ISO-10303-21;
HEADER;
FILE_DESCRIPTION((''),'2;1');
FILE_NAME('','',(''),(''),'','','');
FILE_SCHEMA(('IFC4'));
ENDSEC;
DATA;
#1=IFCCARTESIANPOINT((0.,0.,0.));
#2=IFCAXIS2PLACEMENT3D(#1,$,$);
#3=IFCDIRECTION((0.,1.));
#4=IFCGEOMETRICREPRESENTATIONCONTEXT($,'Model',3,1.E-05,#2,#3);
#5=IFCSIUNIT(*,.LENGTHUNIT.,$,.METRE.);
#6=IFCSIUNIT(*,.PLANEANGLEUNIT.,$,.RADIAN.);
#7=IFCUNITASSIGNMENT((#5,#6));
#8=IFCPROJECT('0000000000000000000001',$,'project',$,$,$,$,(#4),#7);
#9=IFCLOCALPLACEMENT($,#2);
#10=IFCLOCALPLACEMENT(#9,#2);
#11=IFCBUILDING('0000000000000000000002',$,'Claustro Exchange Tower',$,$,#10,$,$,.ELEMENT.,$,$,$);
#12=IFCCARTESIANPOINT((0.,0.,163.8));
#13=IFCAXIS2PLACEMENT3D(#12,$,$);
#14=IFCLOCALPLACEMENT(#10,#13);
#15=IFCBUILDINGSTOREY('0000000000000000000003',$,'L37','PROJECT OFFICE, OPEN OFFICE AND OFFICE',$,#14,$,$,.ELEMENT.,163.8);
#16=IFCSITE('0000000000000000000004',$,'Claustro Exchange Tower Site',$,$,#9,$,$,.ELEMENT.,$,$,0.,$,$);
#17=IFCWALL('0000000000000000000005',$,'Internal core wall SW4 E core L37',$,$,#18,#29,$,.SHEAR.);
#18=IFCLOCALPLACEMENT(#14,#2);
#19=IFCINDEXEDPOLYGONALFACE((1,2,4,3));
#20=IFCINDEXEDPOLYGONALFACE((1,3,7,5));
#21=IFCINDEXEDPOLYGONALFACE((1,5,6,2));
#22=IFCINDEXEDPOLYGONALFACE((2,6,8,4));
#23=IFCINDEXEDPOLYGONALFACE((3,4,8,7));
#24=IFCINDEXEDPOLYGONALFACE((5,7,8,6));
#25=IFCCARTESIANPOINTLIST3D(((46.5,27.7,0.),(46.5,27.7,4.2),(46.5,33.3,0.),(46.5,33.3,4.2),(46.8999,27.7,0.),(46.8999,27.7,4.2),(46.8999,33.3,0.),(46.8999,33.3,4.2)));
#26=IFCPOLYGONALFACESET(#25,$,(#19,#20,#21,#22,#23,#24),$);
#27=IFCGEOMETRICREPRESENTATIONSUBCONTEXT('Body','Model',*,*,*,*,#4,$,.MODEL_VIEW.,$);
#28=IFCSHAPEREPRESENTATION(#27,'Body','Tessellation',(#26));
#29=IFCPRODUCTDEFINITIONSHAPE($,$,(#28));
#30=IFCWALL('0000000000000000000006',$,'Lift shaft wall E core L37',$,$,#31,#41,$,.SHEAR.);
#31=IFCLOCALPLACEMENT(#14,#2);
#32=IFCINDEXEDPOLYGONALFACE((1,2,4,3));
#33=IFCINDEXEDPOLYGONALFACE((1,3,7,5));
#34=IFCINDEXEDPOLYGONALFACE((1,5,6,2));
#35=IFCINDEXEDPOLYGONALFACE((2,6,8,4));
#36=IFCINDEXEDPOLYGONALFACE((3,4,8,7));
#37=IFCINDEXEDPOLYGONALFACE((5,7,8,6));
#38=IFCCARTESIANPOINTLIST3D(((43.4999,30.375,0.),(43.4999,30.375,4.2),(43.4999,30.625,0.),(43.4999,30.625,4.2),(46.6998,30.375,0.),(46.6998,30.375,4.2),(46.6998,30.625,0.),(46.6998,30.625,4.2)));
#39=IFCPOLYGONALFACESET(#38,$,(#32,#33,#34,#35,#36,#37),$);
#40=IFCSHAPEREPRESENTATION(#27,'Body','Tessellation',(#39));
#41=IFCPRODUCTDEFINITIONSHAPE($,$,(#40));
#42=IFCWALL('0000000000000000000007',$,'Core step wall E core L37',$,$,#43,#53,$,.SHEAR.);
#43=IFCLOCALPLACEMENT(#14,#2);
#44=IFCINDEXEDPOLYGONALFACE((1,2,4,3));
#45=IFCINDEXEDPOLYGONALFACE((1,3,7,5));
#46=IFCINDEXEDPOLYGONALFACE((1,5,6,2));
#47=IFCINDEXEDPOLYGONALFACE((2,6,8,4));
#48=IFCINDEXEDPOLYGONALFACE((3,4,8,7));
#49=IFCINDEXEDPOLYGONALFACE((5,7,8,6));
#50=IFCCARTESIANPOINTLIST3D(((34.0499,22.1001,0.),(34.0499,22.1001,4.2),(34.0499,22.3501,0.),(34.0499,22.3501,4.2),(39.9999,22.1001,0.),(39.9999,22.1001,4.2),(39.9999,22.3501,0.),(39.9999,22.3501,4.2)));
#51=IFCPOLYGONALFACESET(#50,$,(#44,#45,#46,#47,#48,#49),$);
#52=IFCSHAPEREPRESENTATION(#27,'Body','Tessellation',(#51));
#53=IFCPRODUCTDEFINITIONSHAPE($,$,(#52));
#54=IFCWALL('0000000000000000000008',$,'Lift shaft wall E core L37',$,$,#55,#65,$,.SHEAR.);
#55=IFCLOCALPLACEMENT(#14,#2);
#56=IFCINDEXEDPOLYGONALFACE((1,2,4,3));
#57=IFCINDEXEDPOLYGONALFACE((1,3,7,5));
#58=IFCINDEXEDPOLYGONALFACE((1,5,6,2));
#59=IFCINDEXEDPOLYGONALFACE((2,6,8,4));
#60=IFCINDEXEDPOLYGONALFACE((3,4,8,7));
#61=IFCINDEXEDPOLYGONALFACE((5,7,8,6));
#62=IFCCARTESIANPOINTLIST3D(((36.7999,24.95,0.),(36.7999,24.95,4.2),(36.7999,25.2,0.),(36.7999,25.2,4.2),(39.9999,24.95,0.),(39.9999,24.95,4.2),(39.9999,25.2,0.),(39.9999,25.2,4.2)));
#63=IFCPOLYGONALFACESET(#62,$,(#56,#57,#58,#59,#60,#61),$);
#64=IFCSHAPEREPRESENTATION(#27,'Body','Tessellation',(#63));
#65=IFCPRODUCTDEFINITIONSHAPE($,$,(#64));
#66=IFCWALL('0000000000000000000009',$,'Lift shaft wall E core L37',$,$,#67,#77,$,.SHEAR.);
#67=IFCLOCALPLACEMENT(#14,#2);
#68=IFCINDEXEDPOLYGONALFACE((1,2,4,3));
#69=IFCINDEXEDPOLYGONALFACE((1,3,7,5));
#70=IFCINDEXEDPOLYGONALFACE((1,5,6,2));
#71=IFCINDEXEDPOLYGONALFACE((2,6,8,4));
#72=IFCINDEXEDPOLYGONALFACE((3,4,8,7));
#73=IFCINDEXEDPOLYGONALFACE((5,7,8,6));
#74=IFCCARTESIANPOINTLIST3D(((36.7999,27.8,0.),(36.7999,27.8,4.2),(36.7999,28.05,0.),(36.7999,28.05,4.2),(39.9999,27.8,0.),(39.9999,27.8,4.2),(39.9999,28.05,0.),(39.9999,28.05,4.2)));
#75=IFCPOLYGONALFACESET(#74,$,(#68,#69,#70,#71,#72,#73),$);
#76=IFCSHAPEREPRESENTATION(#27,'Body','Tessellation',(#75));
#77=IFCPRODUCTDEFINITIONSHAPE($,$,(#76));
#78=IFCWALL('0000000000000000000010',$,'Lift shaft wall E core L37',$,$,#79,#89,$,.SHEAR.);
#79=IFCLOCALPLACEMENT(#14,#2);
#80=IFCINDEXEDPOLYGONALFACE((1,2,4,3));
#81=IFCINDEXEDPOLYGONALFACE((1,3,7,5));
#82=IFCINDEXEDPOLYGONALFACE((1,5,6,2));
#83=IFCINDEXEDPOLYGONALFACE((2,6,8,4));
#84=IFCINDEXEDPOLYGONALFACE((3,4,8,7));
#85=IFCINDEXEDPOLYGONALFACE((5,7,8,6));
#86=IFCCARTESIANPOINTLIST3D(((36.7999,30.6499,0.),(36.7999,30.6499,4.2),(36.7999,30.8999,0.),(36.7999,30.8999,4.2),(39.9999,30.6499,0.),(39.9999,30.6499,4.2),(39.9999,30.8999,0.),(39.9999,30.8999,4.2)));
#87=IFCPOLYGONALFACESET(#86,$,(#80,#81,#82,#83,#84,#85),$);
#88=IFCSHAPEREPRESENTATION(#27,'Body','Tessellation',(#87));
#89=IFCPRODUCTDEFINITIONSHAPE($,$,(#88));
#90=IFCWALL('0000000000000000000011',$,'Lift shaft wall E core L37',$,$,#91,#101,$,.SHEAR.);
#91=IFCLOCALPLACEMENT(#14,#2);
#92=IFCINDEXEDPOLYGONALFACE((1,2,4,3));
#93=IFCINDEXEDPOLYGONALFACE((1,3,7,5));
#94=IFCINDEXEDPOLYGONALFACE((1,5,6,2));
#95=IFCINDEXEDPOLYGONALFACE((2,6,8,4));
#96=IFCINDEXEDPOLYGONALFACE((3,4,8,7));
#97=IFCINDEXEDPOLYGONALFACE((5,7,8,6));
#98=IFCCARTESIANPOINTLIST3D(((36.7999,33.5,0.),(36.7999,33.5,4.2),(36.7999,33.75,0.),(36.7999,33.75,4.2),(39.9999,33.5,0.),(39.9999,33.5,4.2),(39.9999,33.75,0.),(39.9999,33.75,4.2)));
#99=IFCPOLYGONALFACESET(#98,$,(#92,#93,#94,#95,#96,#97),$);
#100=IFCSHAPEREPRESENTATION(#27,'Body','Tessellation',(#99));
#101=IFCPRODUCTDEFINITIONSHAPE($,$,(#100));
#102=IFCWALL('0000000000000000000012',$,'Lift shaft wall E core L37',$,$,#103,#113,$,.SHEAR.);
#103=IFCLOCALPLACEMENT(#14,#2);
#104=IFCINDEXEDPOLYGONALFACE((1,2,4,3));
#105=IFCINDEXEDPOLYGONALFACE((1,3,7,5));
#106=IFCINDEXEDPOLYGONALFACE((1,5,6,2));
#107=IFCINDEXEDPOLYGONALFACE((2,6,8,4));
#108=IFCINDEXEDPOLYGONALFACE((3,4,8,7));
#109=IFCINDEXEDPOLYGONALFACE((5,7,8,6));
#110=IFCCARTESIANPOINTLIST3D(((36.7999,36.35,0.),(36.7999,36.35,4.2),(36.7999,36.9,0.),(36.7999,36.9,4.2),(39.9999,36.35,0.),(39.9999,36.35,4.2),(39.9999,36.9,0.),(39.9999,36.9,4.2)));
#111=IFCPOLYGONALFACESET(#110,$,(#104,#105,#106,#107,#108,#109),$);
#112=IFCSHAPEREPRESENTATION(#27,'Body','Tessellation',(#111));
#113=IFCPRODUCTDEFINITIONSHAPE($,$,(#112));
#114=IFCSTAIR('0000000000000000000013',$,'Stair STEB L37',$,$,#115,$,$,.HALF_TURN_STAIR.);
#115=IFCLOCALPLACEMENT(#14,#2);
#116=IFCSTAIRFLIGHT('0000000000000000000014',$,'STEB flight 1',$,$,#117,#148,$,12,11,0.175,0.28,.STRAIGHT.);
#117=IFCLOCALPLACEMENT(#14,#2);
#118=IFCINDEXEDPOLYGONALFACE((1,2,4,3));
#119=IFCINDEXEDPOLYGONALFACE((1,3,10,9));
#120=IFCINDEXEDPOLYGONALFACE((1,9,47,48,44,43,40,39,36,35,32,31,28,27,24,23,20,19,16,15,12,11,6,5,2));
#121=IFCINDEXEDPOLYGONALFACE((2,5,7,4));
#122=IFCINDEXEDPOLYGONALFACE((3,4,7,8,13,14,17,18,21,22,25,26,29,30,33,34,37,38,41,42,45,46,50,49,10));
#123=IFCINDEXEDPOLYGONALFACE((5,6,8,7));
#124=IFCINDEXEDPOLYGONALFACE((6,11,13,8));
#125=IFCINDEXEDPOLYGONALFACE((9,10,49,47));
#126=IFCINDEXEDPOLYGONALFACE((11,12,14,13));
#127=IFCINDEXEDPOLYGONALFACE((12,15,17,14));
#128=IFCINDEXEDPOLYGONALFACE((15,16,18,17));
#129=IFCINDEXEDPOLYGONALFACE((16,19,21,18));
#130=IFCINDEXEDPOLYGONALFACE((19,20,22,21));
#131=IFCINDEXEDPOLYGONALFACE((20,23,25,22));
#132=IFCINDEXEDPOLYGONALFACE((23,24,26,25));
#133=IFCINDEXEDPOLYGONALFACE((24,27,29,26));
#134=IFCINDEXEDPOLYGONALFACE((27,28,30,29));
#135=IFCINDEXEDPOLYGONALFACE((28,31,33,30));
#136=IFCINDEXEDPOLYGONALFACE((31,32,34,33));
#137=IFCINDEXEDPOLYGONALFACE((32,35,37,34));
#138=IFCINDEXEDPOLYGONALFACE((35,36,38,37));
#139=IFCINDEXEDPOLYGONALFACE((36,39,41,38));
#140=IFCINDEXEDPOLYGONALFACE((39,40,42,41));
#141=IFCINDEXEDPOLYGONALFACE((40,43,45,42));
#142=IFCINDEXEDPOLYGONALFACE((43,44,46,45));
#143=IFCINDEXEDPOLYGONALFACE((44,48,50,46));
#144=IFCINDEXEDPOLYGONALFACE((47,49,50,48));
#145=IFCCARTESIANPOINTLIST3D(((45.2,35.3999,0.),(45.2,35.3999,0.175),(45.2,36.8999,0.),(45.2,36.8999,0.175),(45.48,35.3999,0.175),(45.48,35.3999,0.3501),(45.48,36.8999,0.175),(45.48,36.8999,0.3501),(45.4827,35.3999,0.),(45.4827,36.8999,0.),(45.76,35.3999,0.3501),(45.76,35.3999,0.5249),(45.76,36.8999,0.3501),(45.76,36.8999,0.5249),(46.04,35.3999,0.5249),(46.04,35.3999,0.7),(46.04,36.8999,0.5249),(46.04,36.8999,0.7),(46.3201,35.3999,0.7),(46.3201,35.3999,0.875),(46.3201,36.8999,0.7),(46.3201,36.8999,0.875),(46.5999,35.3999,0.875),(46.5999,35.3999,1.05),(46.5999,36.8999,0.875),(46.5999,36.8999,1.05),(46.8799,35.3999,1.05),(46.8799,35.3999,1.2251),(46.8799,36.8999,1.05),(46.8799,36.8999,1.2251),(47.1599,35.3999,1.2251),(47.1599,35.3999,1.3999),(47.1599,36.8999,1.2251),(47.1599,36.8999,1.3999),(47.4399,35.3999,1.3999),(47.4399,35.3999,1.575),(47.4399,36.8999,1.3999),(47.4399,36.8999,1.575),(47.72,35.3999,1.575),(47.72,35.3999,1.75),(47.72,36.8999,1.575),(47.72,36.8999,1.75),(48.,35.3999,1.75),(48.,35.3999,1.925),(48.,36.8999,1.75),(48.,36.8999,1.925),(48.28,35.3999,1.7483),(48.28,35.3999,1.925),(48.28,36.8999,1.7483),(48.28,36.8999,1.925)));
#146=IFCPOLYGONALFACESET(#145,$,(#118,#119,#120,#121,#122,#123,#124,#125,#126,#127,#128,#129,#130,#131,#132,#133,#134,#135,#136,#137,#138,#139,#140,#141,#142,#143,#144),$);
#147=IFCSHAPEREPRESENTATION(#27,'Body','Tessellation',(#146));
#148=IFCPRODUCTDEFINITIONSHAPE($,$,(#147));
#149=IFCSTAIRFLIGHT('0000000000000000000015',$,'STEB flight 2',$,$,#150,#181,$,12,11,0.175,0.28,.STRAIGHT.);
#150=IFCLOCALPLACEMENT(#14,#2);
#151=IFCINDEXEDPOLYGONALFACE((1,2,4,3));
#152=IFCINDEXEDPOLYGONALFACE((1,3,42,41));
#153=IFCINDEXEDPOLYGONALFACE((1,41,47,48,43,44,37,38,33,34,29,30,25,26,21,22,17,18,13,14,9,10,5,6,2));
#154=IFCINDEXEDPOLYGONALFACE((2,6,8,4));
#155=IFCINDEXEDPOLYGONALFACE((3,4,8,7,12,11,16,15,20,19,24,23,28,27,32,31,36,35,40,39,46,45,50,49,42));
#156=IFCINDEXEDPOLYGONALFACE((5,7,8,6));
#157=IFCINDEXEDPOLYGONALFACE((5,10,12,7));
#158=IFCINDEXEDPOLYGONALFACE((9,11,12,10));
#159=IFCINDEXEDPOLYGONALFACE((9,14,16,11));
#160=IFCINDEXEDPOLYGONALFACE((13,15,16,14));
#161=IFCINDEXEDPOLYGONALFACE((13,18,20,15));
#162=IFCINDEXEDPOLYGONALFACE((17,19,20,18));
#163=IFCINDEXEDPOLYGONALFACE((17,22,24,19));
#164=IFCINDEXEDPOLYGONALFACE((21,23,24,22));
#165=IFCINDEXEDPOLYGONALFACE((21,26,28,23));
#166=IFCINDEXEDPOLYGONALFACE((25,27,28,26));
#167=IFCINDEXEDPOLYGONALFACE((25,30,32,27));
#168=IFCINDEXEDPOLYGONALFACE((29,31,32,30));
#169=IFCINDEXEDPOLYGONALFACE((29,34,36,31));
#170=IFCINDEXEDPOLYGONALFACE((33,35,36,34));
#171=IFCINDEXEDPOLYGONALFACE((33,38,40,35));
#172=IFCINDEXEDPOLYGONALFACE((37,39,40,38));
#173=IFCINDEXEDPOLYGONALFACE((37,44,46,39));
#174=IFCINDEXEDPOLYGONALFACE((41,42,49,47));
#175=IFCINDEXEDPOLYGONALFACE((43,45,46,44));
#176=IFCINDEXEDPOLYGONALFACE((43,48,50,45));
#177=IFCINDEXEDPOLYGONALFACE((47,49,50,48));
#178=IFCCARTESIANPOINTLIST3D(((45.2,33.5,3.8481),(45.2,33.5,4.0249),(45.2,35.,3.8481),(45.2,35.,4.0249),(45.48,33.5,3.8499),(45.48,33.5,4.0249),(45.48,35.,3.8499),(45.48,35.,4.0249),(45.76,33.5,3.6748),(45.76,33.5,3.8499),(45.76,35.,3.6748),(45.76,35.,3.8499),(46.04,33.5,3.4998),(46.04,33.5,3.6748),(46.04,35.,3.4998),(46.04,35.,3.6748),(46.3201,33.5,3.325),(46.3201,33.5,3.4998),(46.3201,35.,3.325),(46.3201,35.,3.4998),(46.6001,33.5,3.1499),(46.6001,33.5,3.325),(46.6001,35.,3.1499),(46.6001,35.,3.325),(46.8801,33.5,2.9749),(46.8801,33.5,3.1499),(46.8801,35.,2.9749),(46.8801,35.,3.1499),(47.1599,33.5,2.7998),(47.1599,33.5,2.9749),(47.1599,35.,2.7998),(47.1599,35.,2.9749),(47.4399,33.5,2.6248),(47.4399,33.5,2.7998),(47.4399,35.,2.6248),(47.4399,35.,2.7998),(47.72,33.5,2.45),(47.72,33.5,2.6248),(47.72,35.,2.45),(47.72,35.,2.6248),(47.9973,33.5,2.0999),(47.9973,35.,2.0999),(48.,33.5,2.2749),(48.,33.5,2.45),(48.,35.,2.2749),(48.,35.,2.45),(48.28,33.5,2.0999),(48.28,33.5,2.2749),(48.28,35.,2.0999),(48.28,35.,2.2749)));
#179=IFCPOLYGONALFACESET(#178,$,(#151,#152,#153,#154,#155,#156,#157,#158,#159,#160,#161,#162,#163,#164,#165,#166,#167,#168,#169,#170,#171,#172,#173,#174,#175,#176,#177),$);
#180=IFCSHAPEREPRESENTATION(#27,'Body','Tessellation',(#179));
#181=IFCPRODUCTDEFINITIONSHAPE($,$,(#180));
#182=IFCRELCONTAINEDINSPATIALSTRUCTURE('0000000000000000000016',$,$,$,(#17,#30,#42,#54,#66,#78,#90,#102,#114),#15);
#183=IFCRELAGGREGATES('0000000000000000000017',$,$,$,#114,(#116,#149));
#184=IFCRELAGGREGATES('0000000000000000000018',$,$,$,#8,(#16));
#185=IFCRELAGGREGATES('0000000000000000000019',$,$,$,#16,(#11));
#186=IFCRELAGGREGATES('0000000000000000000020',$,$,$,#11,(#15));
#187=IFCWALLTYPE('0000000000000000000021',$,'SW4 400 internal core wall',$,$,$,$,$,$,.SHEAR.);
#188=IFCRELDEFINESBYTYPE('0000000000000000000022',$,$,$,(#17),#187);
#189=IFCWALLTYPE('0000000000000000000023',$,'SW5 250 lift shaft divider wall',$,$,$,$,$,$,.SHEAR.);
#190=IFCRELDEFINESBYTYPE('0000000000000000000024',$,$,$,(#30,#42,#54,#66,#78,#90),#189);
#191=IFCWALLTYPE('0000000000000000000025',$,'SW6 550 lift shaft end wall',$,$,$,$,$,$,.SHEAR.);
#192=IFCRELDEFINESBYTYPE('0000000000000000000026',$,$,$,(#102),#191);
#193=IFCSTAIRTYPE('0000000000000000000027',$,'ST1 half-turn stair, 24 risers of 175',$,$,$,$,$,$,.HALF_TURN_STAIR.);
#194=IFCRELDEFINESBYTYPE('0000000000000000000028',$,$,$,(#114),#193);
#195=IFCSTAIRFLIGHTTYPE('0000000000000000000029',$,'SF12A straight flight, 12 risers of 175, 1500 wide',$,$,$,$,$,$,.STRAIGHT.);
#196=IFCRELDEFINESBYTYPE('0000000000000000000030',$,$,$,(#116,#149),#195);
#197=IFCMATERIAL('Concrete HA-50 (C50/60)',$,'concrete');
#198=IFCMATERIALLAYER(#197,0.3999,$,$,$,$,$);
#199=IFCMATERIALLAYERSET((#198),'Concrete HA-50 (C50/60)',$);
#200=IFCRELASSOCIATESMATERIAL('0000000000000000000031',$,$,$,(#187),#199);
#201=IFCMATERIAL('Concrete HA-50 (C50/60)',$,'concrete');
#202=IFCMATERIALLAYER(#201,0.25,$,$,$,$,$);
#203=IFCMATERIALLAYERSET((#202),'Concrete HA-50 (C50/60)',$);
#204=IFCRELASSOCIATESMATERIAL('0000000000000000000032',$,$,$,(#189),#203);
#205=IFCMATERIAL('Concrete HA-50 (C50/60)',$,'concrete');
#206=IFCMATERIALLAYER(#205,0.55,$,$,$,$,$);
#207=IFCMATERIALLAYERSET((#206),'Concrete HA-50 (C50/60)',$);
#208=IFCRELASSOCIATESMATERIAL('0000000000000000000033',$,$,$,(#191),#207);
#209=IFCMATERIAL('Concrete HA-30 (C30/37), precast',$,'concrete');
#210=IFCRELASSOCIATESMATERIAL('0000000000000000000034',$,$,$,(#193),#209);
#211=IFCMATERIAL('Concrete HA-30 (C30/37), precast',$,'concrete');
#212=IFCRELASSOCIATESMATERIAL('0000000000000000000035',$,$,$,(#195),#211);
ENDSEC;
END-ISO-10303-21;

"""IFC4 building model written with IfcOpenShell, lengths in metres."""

from ifc_helpers import new_model, si_unit, direction, frame, frame_2d, origin, place, context, subcontext, project, spatial, polyline, rectangle, outline, extrude, material, layer, layer_set, type_object, element, aggregate, save


model = new_model("IFC4")

# Units and contexts
model_context = context("Model", 3, precision=1e-05, world=origin(), true_north=direction((0.0, 1.0)))
body_context = subcontext(model_context, "Body", "Model", "MODEL_VIEW")
ifc_project = project(units=[si_unit("LENGTHUNIT", "METRE"), si_unit("PLANEANGLEUNIT", "RADIAN")], contexts=[model_context])

# Site, building, storey
site_placement = place(None, origin())
site = spatial("IfcSite", under=ifc_project, at=site_placement, Name="Claustro Exchange Tower Site", CompositionType="ELEMENT", RefElevation=0.0)
building_placement = place(site_placement, origin())
building = spatial("IfcBuilding", under=site, at=building_placement, Name="Claustro Exchange Tower", CompositionType="ELEMENT")
storey_placement = place(building_placement, frame((0.0, 0.0, 163.8)))
storey = spatial("IfcBuildingStorey", under=building, at=storey_placement, Name="L37", Description="PROJECT OFFICE, OPEN OFFICE AND OFFICE", CompositionType="ELEMENT", Elevation=163.8)

# Walls
ifc_material_1 = material(Name="Concrete HA-50 (C50/60)", Category="concrete")
ifc_layer_1 = layer(ifc_material_1, 0.3999)
ifc_layer_set_1 = layer_set([ifc_layer_1], Name="Concrete HA-50 (C50/60)")
wall_type_1 = type_object("IfcWallType", Name="SW4 400 internal core wall", PredefinedType="SHEAR", material=ifc_layer_set_1)
wall_1_placement = place(storey_placement, frame((46.7, 27.7, 0.0), z_axis=(0.0, 0.0, 1.0), x_axis=(0.0, 1.0, 0.0)))
element("IfcWall", 1, at=wall_1_placement, inside=storey, type_object=wall_type_1, Name="Internal core wall SW4 E core L37", PredefinedType="SHEAR", context=body_context, shape_type="SweptSolid", body=[
    extrude(rectangle(XDim=5.6001, YDim=0.3999, at=frame_2d((2.8, 0.0))), origin(), (0.0, 0.0, 1.0), 4.2),
])
ifc_material_2 = material(Name="Concrete HA-50 (C50/60)", Category="concrete")
ifc_layer_2 = layer(ifc_material_2, 0.25)
ifc_layer_set_2 = layer_set([ifc_layer_2], Name="Concrete HA-50 (C50/60)")
wall_type_2 = type_object("IfcWallType", Name="SW5 250 lift shaft divider wall", PredefinedType="SHEAR", material=ifc_layer_set_2)
wall_2_placement = place(storey_placement, frame((46.7, 30.5, 0.0), z_axis=(0.0, 0.0, 1.0), x_axis=(-1.0, 0.0, 0.0)))
element("IfcWall", 2, at=wall_2_placement, inside=storey, type_object=wall_type_2, Name="Lift shaft wall E core L37", PredefinedType="SHEAR", context=body_context, shape_type="SweptSolid", body=[
    extrude(rectangle(XDim=3.2, YDim=0.25, at=frame_2d((1.6001, 0.0))), origin(), (0.0, 0.0, 1.0), 4.2),
])
wall_3_placement = place(storey_placement, frame((40.0, 22.2251, 0.0), z_axis=(0.0, 0.0, 1.0), x_axis=(-1.0, 0.0, 0.0)))
element("IfcWall", 3, at=wall_3_placement, inside=storey, type_object=wall_type_2, Name="Core step wall E core L37", PredefinedType="SHEAR", context=body_context, shape_type="SweptSolid", body=[
    extrude(rectangle(XDim=5.95, YDim=0.25, at=frame_2d((2.9751, 0.0))), origin(), (0.0, 0.0, 1.0), 4.2),
])
for number, where, z_axis, x_axis, name in (
    (4, (40.0, 25.075, 0.0), (0.0, 0.0, 1.0), (-1.0, 0.0, 0.0), "Lift shaft wall E core L37"),
    (5, (40.0, 27.925, 0.0), (0.0, 0.0, 1.0), (-1.0, 0.0, 0.0), "Lift shaft wall E core L37"),
    (6, (40.0, 30.7749, 0.0), (0.0, 0.0, 1.0), (-1.0, 0.0, 0.0), "Lift shaft wall E core L37"),
    (7, (40.0, 33.625, 0.0), (0.0, 0.0, 1.0), (-1.0, 0.0, 0.0), "Lift shaft wall E core L37"),
):
    element("IfcWall", number, at=place(storey_placement, frame(where, z_axis=z_axis, x_axis=x_axis)), inside=storey, type_object=wall_type_2, Name=name, PredefinedType="SHEAR", context=body_context, shape_type="SweptSolid", body=[
        extrude(rectangle(XDim=3.2, YDim=0.25, at=frame_2d((1.6001, 0.0))), origin(), (0.0, 0.0, 1.0), 4.2),
    ])
ifc_material_3 = material(Name="Concrete HA-50 (C50/60)", Category="concrete")
ifc_layer_3 = layer(ifc_material_3, 0.55)
ifc_layer_set_3 = layer_set([ifc_layer_3], Name="Concrete HA-50 (C50/60)")
wall_type_3 = type_object("IfcWallType", Name="SW6 550 lift shaft end wall", PredefinedType="SHEAR", material=ifc_layer_set_3)
wall_4_placement = place(storey_placement, frame((40.0, 36.625, 0.0), z_axis=(0.0, 0.0, 1.0), x_axis=(-1.0, 0.0, 0.0)))
element("IfcWall", 8, at=wall_4_placement, inside=storey, type_object=wall_type_3, Name="Lift shaft wall E core L37", PredefinedType="SHEAR", context=body_context, shape_type="SweptSolid", body=[
    extrude(rectangle(XDim=3.2, YDim=0.55, at=frame_2d((1.6001, 0.0))), origin(), (0.0, 0.0, 1.0), 4.2),
])

# Stair, stair flights
ifc_material_4 = material(Name="Concrete HA-30 (C30/37), precast", Category="concrete")
stair_type = type_object("IfcStairType", Name="ST1 half-turn stair, 24 risers of 175", PredefinedType="HALF_TURN_STAIR", material=ifc_material_4)
stair_placement = place(storey_placement, origin())
stair = element("IfcStair", 9, at=stair_placement, inside=storey, type_object=stair_type, Name="Stair STEB L37", PredefinedType="HALF_TURN_STAIR")
ifc_material_5 = material(Name="Concrete HA-30 (C30/37), precast", Category="concrete")
stair_flight_type = type_object("IfcStairFlightType", Name="SF12A straight flight, 12 risers of 175, 1500 wide", PredefinedType="STRAIGHT", material=ifc_material_5)
stair_flight_1_placement = place(storey_placement, frame((45.2, 36.1499, 0.0), z_axis=(0.0, 0.0, 1.0), x_axis=(1.0, 0.0, 0.0)))
stair_flight_1 = element("IfcStairFlight", 10, at=stair_flight_1_placement, type_object=stair_flight_type, Name="STEB flight 1", NumberOfRisers=12, NumberOfTreads=11, PredefinedType="STRAIGHT", RiserHeight=0.175, TreadLength=0.28, context=body_context, shape_type="SweptSolid", body=[
    extrude(outline(polyline([(0.0, 0.0), (0.0, 0.175), (0.28, 0.175), (0.28, 0.3501), (0.5601, 0.3501), (0.5601, 0.5249), (0.8401, 0.5249), (0.8401, 0.7), (1.1201, 0.7), (1.1201, 0.875), (1.3999, 0.875), (1.3999, 1.05), (1.6799, 1.05), (1.6799, 1.2251), (1.96, 1.2251), (1.96, 1.3999), (2.24, 1.3999), (2.24, 1.575), (2.52, 1.575), (2.52, 1.75), (2.8, 1.75), (2.8, 1.925), (3.0801, 1.925), (3.0801, 2.1001), (3.0801, 1.7483), (0.2827, 0.0), (0.0, 0.0)])), frame((0.0, 0.75, 0.0), z_axis=(0.0, -1.0, 0.0), x_axis=(1.0, 0.0, 0.0)), (0.0, 0.0, 1.0), 1.5),
])
stair_flight_2_placement = place(storey_placement, frame((48.28, 34.25, 2.0999), z_axis=(0.0, 0.0, 1.0), x_axis=(-1.0, 0.0, 0.0)))
stair_flight_2 = element("IfcStairFlight", 11, at=stair_flight_2_placement, type_object=stair_flight_type, Name="STEB flight 2", NumberOfRisers=12, NumberOfTreads=11, PredefinedType="STRAIGHT", RiserHeight=0.175, TreadLength=0.28, context=body_context, shape_type="SweptSolid", body=[
    extrude(outline(polyline([(0.0, 0.0), (0.0, 0.175), (0.28, 0.175), (0.28, 0.3501), (0.5601, 0.3501), (0.5601, 0.5249), (0.8401, 0.5249), (0.8401, 0.7), (1.1201, 0.7), (1.1201, 0.875), (1.3999, 0.875), (1.3999, 1.05), (1.6799, 1.05), (1.6799, 1.2251), (1.96, 1.2251), (1.96, 1.3999), (2.24, 1.3999), (2.24, 1.575), (2.52, 1.575), (2.52, 1.75), (2.8, 1.75), (2.8, 1.925), (3.0801, 1.925), (3.0801, 2.1001), (3.0801, 1.7483), (0.2827, 0.0), (0.0, 0.0)])), frame((0.0, 0.75, 0.0), z_axis=(0.0, -1.0, 0.0), x_axis=(1.0, 0.0, 0.0)), (0.0, 0.0, 1.0), 1.5),
])
aggregate(stair, [stair_flight_1, stair_flight_2])

save(model, "model.ifc")
